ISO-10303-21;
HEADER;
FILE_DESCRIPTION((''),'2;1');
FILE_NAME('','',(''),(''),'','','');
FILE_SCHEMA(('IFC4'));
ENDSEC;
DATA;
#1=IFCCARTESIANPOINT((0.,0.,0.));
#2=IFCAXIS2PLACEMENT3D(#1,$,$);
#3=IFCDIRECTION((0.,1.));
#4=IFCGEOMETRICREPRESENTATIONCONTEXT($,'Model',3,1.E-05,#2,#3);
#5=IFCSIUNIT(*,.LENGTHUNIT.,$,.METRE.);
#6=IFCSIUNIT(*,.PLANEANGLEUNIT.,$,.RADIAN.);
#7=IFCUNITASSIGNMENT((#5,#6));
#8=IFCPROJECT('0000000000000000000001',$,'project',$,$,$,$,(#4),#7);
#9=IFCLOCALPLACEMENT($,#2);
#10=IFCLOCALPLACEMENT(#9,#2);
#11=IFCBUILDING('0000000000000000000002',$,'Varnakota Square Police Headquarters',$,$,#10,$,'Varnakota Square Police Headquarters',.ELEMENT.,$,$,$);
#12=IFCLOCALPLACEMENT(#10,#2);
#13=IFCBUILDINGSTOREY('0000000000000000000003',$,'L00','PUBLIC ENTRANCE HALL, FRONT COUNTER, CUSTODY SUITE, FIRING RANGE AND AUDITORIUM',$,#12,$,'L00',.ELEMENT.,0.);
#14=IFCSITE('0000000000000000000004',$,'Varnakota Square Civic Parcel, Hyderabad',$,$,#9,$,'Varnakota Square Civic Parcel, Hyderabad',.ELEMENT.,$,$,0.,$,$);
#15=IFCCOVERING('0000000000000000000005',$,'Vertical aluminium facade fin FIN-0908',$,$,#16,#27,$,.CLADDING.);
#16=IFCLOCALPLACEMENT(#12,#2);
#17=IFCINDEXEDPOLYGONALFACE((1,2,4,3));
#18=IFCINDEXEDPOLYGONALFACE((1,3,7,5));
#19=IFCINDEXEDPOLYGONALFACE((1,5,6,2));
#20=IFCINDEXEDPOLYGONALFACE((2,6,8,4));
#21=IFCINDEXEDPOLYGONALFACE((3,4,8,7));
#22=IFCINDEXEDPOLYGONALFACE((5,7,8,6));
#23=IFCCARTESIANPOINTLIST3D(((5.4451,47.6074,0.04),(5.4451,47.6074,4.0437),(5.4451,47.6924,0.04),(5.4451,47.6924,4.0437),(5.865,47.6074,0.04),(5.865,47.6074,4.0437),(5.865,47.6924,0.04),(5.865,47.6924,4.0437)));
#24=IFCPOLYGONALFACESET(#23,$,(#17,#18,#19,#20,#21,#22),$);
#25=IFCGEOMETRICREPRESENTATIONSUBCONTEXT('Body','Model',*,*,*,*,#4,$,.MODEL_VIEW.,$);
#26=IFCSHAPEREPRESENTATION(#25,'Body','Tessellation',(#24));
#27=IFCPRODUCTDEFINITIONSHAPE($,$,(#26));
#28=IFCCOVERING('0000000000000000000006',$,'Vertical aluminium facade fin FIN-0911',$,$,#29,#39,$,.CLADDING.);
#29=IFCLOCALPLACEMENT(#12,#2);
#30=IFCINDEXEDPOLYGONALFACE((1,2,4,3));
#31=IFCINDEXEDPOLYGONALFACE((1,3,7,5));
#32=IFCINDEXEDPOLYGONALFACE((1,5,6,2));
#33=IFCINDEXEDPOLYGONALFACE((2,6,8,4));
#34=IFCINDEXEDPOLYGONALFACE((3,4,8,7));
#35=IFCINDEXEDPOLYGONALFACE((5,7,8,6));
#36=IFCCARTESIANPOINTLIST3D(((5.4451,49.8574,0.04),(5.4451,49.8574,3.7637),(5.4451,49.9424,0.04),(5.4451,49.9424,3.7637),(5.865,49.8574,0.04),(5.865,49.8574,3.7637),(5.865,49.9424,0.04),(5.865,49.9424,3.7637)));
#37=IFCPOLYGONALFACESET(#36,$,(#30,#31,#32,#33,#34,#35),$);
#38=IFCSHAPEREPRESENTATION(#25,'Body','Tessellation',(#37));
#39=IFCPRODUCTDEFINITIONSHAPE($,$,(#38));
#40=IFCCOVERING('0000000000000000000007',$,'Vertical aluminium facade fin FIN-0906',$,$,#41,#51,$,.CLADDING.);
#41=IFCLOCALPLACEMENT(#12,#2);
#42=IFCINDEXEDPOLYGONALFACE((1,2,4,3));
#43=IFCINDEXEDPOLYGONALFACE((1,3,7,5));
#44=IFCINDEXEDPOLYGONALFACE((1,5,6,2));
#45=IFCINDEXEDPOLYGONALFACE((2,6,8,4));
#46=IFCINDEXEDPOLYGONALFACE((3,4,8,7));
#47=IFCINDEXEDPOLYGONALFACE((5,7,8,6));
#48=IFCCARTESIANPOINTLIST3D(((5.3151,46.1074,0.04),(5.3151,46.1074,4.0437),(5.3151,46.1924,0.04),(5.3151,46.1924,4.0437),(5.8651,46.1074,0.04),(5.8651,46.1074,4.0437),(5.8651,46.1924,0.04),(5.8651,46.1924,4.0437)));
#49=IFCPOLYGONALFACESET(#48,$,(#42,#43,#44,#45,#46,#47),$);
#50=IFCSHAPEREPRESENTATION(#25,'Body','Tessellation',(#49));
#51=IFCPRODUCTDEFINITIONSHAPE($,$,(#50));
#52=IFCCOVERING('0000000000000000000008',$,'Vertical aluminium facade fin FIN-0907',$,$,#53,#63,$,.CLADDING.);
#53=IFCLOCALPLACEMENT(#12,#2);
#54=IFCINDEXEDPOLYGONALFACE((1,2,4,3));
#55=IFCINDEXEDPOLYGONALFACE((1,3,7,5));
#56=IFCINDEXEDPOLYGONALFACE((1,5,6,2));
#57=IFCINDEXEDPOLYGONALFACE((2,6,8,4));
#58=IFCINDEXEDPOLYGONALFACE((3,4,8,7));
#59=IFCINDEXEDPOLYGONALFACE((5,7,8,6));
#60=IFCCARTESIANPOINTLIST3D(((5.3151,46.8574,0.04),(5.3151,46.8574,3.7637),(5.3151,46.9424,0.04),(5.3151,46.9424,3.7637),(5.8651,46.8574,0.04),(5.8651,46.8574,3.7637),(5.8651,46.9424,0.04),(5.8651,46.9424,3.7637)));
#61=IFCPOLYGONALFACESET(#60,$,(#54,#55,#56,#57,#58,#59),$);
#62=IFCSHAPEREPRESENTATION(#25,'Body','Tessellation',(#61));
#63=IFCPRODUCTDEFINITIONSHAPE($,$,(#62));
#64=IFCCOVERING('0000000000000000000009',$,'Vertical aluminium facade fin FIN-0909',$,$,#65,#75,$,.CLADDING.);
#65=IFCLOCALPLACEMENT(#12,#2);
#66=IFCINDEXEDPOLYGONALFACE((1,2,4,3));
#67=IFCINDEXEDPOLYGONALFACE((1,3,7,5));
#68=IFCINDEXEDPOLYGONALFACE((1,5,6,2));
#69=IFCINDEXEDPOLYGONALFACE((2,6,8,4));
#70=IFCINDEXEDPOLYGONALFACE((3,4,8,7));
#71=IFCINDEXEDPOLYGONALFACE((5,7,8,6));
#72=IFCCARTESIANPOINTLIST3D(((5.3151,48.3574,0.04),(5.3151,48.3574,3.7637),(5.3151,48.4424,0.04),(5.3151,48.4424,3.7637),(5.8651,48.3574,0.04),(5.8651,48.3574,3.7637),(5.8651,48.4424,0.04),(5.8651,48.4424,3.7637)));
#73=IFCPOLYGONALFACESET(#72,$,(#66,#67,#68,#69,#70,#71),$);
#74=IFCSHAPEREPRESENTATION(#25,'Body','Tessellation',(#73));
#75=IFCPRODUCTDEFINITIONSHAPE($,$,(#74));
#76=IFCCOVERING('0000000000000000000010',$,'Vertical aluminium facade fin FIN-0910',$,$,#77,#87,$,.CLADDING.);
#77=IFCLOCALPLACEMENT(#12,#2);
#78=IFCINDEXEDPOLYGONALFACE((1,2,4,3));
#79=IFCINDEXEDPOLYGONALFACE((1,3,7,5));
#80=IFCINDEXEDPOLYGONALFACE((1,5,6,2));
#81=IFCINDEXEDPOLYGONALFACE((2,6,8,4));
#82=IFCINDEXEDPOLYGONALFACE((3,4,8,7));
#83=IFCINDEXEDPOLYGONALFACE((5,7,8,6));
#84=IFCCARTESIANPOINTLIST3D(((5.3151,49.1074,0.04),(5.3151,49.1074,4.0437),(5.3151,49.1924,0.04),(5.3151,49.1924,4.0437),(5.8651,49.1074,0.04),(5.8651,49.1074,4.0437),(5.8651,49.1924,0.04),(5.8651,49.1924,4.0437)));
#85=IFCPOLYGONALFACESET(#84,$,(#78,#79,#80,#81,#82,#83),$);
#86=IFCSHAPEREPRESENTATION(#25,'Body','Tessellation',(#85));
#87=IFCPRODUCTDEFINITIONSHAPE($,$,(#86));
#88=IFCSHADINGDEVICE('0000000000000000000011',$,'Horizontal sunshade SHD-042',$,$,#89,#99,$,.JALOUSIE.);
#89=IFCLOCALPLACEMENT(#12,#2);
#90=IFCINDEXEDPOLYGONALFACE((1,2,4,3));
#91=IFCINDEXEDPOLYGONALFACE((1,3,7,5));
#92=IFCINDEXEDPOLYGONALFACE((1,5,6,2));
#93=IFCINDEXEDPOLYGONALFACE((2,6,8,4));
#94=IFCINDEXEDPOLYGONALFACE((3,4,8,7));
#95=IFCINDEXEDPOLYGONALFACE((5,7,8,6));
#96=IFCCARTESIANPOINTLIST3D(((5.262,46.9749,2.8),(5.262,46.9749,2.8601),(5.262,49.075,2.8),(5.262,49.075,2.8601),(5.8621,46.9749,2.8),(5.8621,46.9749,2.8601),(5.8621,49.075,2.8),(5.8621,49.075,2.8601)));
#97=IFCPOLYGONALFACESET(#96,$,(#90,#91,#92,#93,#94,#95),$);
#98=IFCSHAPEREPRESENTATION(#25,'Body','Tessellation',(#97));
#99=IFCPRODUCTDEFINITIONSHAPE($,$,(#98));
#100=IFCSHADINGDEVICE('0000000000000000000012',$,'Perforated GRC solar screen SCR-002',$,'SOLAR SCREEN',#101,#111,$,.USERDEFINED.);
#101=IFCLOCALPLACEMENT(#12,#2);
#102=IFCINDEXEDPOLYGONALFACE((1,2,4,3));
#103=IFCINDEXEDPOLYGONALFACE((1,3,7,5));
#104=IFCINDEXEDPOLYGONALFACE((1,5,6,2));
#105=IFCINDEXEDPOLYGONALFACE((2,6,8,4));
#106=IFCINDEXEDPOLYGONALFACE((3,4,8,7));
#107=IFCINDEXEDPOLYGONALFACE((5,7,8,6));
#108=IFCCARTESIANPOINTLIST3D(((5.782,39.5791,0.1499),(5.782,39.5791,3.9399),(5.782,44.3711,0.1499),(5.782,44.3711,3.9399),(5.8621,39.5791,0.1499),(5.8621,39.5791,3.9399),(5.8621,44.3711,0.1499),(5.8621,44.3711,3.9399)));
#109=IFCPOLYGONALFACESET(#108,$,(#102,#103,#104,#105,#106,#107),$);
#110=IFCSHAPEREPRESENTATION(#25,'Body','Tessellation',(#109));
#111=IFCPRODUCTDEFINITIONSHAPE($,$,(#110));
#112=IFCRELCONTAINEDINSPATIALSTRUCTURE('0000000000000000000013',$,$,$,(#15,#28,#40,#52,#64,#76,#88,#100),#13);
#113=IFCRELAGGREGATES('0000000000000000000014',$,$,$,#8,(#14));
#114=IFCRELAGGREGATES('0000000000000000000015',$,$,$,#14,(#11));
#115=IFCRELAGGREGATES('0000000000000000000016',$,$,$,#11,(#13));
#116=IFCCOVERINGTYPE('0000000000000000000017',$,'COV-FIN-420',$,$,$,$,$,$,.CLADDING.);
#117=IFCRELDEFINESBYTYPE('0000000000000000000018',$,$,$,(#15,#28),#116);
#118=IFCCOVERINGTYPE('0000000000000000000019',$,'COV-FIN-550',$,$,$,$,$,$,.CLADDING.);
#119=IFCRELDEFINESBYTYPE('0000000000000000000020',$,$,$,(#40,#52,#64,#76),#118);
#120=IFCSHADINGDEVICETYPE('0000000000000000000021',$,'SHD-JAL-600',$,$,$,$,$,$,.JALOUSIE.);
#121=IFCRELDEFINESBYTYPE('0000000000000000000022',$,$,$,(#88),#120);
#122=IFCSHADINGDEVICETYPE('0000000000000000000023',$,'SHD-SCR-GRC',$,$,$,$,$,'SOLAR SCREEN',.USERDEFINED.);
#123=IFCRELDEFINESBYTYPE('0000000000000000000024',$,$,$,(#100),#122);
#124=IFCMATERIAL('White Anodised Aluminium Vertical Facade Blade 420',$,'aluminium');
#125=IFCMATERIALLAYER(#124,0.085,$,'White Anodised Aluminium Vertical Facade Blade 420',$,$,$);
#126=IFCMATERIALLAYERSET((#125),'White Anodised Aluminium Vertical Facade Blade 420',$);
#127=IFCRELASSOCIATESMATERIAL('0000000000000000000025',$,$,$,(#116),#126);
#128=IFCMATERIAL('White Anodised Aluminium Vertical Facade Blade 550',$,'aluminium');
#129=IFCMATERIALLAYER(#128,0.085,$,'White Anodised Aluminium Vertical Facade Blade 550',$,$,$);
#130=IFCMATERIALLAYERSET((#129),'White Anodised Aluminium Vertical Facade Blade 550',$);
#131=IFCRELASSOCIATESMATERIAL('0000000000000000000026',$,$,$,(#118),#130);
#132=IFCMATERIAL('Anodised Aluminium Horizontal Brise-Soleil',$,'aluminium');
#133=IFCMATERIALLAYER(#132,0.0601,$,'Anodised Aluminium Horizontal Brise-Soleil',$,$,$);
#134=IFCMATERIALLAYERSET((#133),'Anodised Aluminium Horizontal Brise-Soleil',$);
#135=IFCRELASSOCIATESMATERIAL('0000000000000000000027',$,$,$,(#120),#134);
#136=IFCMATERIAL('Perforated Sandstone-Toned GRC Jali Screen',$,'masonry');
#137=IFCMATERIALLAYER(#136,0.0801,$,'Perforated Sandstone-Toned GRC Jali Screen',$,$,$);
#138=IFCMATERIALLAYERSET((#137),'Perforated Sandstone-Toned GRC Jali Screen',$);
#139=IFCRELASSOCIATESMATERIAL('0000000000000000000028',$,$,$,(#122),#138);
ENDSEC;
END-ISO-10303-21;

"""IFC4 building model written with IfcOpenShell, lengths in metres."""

from ifc_helpers import new_model, si_unit, direction, frame, origin, origin_2d, place, context, subcontext, project, spatial, rectangle, extrude, material, layer, layer_set, type_object, element, save


model = new_model("IFC4")

# Units and contexts
model_context = context("Model", 3, precision=1e-05, world=origin(), true_north=direction((0.0, 1.0)))
body_context = subcontext(model_context, "Body", "Model", "MODEL_VIEW")
ifc_project = project(units=[si_unit("LENGTHUNIT", "METRE"), si_unit("PLANEANGLEUNIT", "RADIAN")], contexts=[model_context])

# Site, building, storey
site_placement = place(None, origin())
site = spatial("IfcSite", under=ifc_project, at=site_placement, Name="Varnakota Square Civic Parcel, Hyderabad", LongName="Varnakota Square Civic Parcel, Hyderabad", CompositionType="ELEMENT", RefElevation=0.0)
building_placement = place(site_placement, origin())
building = spatial("IfcBuilding", under=site, at=building_placement, Name="Varnakota Square Police Headquarters", LongName="Varnakota Square Police Headquarters", CompositionType="ELEMENT")
storey_placement = place(building_placement, origin())
storey = spatial("IfcBuildingStorey", under=building, at=storey_placement, Name="L00", Description="PUBLIC ENTRANCE HALL, FRONT COUNTER, CUSTODY SUITE, FIRING RANGE AND AUDITORIUM", LongName="L00", CompositionType="ELEMENT", Elevation=0.0)

# Coverings
ifc_material_1 = material(Name="White Anodised Aluminium Vertical Facade Blade 420", Category="aluminium")
ifc_layer_1 = layer(ifc_material_1, 0.085, Name="White Anodised Aluminium Vertical Facade Blade 420")
ifc_layer_set_1 = layer_set([ifc_layer_1], Name="White Anodised Aluminium Vertical Facade Blade 420")
covering_type_1 = type_object("IfcCoveringType", Name="COV-FIN-420", PredefinedType="CLADDING", material=ifc_layer_set_1)
covering_1_placement = place(storey_placement, frame((5.655, 47.6499, 0.04), z_axis=(0.0, 0.0, 1.0), x_axis=(0.0, 1.0, 0.0)))
element("IfcCovering", 1, at=covering_1_placement, inside=storey, type_object=covering_type_1, Name="Vertical aluminium facade fin FIN-0908", PredefinedType="CLADDING", context=body_context, shape_type="SweptSolid", body=[
    extrude(rectangle(XDim=0.085, YDim=0.4199, at=origin_2d()), origin(), (0.0, 0.0, 1.0), 4.0037),
])
covering_2_placement = place(storey_placement, frame((5.655, 49.8999, 0.04), z_axis=(0.0, 0.0, 1.0), x_axis=(0.0, 1.0, 0.0)))
element("IfcCovering", 2, at=covering_2_placement, inside=storey, type_object=covering_type_1, Name="Vertical aluminium facade fin FIN-0911", PredefinedType="CLADDING", context=body_context, shape_type="SweptSolid", body=[
    extrude(rectangle(XDim=0.085, YDim=0.4199, at=origin_2d()), origin(), (0.0, 0.0, 1.0), 3.7236),
])
ifc_material_2 = material(Name="White Anodised Aluminium Vertical Facade Blade 550", Category="aluminium")
ifc_layer_2 = layer(ifc_material_2, 0.085, Name="White Anodised Aluminium Vertical Facade Blade 550")
ifc_layer_set_2 = layer_set([ifc_layer_2], Name="White Anodised Aluminium Vertical Facade Blade 550")
covering_type_2 = type_object("IfcCoveringType", Name="COV-FIN-550", PredefinedType="CLADDING", material=ifc_layer_set_2)
covering_3_placement = place(storey_placement, frame((5.5901, 46.1499, 0.04), z_axis=(0.0, 0.0, 1.0), x_axis=(0.0, 1.0, 0.0)))
element("IfcCovering", 3, at=covering_3_placement, inside=storey, type_object=covering_type_2, Name="Vertical aluminium facade fin FIN-0906", PredefinedType="CLADDING", context=body_context, shape_type="SweptSolid", body=[
    extrude(rectangle(XDim=0.085, YDim=0.55, at=origin_2d()), origin(), (0.0, 0.0, 1.0), 4.0037),
])
for number, where, z_axis, x_axis, name in (
    (4, (5.5901, 46.8999, 0.04), (0.0, 0.0, 1.0), (0.0, 1.0, 0.0), "Vertical aluminium facade fin FIN-0907"),
    (5, (5.5901, 48.3999, 0.04), (0.0, 0.0, 1.0), (0.0, 1.0, 0.0), "Vertical aluminium facade fin FIN-0909"),
):
    element("IfcCovering", number, at=place(storey_placement, frame(where, z_axis=z_axis, x_axis=x_axis)), inside=storey, type_object=covering_type_2, Name=name, PredefinedType="CLADDING", context=body_context, shape_type="SweptSolid", body=[
        extrude(rectangle(XDim=0.085, YDim=0.55, at=origin_2d()), origin(), (0.0, 0.0, 1.0), 3.7236),
    ])
covering_4_placement = place(storey_placement, frame((5.5901, 49.1499, 0.04), z_axis=(0.0, 0.0, 1.0), x_axis=(0.0, 1.0, 0.0)))
element("IfcCovering", 6, at=covering_4_placement, inside=storey, type_object=covering_type_2, Name="Vertical aluminium facade fin FIN-0910", PredefinedType="CLADDING", context=body_context, shape_type="SweptSolid", body=[
    extrude(rectangle(XDim=0.085, YDim=0.55, at=origin_2d()), origin(), (0.0, 0.0, 1.0), 4.0037),
])

# Shading devices
ifc_material_3 = material(Name="Anodised Aluminium Horizontal Brise-Soleil", Category="aluminium")
ifc_layer_3 = layer(ifc_material_3, 0.0601, Name="Anodised Aluminium Horizontal Brise-Soleil")
ifc_layer_set_3 = layer_set([ifc_layer_3], Name="Anodised Aluminium Horizontal Brise-Soleil")
shading_device_type_1 = type_object("IfcShadingDeviceType", Name="SHD-JAL-600", PredefinedType="JALOUSIE", material=ifc_layer_set_3)
shading_device_1_placement = place(storey_placement, frame((5.562, 48.0249, 2.8), z_axis=(0.0, 0.0, 1.0), x_axis=(0.0, 1.0, 0.0)))
element("IfcShadingDevice", 7, at=shading_device_1_placement, inside=storey, type_object=shading_device_type_1, Name="Horizontal sunshade SHD-042", PredefinedType="JALOUSIE", context=body_context, shape_type="SweptSolid", body=[
    extrude(rectangle(XDim=2.1001, YDim=0.6001, at=origin_2d()), origin(), (0.0, 0.0, 1.0), 0.0601),
])
ifc_material_4 = material(Name="Perforated Sandstone-Toned GRC Jali Screen", Category="masonry")
ifc_layer_4 = layer(ifc_material_4, 0.0801, Name="Perforated Sandstone-Toned GRC Jali Screen")
ifc_layer_set_4 = layer_set([ifc_layer_4], Name="Perforated Sandstone-Toned GRC Jali Screen")
shading_device_type_2 = type_object("IfcShadingDeviceType", Name="SHD-SCR-GRC", ElementType="SOLAR SCREEN", PredefinedType="USERDEFINED", material=ifc_layer_set_4)
shading_device_2_placement = place(storey_placement, frame((5.822, 41.9751, 0.1499), z_axis=(0.0, 0.0, 1.0), x_axis=(0.0, 1.0, 0.0)))
element("IfcShadingDevice", 8, at=shading_device_2_placement, inside=storey, type_object=shading_device_type_2, Name="Perforated GRC solar screen SCR-002", ObjectType="SOLAR SCREEN", PredefinedType="USERDEFINED", context=body_context, shape_type="SweptSolid", body=[
    extrude(rectangle(XDim=4.792, YDim=0.0801, at=origin_2d()), origin(), (0.0, 0.0, 1.0), 3.79),
])

save(model, "model.ifc")
